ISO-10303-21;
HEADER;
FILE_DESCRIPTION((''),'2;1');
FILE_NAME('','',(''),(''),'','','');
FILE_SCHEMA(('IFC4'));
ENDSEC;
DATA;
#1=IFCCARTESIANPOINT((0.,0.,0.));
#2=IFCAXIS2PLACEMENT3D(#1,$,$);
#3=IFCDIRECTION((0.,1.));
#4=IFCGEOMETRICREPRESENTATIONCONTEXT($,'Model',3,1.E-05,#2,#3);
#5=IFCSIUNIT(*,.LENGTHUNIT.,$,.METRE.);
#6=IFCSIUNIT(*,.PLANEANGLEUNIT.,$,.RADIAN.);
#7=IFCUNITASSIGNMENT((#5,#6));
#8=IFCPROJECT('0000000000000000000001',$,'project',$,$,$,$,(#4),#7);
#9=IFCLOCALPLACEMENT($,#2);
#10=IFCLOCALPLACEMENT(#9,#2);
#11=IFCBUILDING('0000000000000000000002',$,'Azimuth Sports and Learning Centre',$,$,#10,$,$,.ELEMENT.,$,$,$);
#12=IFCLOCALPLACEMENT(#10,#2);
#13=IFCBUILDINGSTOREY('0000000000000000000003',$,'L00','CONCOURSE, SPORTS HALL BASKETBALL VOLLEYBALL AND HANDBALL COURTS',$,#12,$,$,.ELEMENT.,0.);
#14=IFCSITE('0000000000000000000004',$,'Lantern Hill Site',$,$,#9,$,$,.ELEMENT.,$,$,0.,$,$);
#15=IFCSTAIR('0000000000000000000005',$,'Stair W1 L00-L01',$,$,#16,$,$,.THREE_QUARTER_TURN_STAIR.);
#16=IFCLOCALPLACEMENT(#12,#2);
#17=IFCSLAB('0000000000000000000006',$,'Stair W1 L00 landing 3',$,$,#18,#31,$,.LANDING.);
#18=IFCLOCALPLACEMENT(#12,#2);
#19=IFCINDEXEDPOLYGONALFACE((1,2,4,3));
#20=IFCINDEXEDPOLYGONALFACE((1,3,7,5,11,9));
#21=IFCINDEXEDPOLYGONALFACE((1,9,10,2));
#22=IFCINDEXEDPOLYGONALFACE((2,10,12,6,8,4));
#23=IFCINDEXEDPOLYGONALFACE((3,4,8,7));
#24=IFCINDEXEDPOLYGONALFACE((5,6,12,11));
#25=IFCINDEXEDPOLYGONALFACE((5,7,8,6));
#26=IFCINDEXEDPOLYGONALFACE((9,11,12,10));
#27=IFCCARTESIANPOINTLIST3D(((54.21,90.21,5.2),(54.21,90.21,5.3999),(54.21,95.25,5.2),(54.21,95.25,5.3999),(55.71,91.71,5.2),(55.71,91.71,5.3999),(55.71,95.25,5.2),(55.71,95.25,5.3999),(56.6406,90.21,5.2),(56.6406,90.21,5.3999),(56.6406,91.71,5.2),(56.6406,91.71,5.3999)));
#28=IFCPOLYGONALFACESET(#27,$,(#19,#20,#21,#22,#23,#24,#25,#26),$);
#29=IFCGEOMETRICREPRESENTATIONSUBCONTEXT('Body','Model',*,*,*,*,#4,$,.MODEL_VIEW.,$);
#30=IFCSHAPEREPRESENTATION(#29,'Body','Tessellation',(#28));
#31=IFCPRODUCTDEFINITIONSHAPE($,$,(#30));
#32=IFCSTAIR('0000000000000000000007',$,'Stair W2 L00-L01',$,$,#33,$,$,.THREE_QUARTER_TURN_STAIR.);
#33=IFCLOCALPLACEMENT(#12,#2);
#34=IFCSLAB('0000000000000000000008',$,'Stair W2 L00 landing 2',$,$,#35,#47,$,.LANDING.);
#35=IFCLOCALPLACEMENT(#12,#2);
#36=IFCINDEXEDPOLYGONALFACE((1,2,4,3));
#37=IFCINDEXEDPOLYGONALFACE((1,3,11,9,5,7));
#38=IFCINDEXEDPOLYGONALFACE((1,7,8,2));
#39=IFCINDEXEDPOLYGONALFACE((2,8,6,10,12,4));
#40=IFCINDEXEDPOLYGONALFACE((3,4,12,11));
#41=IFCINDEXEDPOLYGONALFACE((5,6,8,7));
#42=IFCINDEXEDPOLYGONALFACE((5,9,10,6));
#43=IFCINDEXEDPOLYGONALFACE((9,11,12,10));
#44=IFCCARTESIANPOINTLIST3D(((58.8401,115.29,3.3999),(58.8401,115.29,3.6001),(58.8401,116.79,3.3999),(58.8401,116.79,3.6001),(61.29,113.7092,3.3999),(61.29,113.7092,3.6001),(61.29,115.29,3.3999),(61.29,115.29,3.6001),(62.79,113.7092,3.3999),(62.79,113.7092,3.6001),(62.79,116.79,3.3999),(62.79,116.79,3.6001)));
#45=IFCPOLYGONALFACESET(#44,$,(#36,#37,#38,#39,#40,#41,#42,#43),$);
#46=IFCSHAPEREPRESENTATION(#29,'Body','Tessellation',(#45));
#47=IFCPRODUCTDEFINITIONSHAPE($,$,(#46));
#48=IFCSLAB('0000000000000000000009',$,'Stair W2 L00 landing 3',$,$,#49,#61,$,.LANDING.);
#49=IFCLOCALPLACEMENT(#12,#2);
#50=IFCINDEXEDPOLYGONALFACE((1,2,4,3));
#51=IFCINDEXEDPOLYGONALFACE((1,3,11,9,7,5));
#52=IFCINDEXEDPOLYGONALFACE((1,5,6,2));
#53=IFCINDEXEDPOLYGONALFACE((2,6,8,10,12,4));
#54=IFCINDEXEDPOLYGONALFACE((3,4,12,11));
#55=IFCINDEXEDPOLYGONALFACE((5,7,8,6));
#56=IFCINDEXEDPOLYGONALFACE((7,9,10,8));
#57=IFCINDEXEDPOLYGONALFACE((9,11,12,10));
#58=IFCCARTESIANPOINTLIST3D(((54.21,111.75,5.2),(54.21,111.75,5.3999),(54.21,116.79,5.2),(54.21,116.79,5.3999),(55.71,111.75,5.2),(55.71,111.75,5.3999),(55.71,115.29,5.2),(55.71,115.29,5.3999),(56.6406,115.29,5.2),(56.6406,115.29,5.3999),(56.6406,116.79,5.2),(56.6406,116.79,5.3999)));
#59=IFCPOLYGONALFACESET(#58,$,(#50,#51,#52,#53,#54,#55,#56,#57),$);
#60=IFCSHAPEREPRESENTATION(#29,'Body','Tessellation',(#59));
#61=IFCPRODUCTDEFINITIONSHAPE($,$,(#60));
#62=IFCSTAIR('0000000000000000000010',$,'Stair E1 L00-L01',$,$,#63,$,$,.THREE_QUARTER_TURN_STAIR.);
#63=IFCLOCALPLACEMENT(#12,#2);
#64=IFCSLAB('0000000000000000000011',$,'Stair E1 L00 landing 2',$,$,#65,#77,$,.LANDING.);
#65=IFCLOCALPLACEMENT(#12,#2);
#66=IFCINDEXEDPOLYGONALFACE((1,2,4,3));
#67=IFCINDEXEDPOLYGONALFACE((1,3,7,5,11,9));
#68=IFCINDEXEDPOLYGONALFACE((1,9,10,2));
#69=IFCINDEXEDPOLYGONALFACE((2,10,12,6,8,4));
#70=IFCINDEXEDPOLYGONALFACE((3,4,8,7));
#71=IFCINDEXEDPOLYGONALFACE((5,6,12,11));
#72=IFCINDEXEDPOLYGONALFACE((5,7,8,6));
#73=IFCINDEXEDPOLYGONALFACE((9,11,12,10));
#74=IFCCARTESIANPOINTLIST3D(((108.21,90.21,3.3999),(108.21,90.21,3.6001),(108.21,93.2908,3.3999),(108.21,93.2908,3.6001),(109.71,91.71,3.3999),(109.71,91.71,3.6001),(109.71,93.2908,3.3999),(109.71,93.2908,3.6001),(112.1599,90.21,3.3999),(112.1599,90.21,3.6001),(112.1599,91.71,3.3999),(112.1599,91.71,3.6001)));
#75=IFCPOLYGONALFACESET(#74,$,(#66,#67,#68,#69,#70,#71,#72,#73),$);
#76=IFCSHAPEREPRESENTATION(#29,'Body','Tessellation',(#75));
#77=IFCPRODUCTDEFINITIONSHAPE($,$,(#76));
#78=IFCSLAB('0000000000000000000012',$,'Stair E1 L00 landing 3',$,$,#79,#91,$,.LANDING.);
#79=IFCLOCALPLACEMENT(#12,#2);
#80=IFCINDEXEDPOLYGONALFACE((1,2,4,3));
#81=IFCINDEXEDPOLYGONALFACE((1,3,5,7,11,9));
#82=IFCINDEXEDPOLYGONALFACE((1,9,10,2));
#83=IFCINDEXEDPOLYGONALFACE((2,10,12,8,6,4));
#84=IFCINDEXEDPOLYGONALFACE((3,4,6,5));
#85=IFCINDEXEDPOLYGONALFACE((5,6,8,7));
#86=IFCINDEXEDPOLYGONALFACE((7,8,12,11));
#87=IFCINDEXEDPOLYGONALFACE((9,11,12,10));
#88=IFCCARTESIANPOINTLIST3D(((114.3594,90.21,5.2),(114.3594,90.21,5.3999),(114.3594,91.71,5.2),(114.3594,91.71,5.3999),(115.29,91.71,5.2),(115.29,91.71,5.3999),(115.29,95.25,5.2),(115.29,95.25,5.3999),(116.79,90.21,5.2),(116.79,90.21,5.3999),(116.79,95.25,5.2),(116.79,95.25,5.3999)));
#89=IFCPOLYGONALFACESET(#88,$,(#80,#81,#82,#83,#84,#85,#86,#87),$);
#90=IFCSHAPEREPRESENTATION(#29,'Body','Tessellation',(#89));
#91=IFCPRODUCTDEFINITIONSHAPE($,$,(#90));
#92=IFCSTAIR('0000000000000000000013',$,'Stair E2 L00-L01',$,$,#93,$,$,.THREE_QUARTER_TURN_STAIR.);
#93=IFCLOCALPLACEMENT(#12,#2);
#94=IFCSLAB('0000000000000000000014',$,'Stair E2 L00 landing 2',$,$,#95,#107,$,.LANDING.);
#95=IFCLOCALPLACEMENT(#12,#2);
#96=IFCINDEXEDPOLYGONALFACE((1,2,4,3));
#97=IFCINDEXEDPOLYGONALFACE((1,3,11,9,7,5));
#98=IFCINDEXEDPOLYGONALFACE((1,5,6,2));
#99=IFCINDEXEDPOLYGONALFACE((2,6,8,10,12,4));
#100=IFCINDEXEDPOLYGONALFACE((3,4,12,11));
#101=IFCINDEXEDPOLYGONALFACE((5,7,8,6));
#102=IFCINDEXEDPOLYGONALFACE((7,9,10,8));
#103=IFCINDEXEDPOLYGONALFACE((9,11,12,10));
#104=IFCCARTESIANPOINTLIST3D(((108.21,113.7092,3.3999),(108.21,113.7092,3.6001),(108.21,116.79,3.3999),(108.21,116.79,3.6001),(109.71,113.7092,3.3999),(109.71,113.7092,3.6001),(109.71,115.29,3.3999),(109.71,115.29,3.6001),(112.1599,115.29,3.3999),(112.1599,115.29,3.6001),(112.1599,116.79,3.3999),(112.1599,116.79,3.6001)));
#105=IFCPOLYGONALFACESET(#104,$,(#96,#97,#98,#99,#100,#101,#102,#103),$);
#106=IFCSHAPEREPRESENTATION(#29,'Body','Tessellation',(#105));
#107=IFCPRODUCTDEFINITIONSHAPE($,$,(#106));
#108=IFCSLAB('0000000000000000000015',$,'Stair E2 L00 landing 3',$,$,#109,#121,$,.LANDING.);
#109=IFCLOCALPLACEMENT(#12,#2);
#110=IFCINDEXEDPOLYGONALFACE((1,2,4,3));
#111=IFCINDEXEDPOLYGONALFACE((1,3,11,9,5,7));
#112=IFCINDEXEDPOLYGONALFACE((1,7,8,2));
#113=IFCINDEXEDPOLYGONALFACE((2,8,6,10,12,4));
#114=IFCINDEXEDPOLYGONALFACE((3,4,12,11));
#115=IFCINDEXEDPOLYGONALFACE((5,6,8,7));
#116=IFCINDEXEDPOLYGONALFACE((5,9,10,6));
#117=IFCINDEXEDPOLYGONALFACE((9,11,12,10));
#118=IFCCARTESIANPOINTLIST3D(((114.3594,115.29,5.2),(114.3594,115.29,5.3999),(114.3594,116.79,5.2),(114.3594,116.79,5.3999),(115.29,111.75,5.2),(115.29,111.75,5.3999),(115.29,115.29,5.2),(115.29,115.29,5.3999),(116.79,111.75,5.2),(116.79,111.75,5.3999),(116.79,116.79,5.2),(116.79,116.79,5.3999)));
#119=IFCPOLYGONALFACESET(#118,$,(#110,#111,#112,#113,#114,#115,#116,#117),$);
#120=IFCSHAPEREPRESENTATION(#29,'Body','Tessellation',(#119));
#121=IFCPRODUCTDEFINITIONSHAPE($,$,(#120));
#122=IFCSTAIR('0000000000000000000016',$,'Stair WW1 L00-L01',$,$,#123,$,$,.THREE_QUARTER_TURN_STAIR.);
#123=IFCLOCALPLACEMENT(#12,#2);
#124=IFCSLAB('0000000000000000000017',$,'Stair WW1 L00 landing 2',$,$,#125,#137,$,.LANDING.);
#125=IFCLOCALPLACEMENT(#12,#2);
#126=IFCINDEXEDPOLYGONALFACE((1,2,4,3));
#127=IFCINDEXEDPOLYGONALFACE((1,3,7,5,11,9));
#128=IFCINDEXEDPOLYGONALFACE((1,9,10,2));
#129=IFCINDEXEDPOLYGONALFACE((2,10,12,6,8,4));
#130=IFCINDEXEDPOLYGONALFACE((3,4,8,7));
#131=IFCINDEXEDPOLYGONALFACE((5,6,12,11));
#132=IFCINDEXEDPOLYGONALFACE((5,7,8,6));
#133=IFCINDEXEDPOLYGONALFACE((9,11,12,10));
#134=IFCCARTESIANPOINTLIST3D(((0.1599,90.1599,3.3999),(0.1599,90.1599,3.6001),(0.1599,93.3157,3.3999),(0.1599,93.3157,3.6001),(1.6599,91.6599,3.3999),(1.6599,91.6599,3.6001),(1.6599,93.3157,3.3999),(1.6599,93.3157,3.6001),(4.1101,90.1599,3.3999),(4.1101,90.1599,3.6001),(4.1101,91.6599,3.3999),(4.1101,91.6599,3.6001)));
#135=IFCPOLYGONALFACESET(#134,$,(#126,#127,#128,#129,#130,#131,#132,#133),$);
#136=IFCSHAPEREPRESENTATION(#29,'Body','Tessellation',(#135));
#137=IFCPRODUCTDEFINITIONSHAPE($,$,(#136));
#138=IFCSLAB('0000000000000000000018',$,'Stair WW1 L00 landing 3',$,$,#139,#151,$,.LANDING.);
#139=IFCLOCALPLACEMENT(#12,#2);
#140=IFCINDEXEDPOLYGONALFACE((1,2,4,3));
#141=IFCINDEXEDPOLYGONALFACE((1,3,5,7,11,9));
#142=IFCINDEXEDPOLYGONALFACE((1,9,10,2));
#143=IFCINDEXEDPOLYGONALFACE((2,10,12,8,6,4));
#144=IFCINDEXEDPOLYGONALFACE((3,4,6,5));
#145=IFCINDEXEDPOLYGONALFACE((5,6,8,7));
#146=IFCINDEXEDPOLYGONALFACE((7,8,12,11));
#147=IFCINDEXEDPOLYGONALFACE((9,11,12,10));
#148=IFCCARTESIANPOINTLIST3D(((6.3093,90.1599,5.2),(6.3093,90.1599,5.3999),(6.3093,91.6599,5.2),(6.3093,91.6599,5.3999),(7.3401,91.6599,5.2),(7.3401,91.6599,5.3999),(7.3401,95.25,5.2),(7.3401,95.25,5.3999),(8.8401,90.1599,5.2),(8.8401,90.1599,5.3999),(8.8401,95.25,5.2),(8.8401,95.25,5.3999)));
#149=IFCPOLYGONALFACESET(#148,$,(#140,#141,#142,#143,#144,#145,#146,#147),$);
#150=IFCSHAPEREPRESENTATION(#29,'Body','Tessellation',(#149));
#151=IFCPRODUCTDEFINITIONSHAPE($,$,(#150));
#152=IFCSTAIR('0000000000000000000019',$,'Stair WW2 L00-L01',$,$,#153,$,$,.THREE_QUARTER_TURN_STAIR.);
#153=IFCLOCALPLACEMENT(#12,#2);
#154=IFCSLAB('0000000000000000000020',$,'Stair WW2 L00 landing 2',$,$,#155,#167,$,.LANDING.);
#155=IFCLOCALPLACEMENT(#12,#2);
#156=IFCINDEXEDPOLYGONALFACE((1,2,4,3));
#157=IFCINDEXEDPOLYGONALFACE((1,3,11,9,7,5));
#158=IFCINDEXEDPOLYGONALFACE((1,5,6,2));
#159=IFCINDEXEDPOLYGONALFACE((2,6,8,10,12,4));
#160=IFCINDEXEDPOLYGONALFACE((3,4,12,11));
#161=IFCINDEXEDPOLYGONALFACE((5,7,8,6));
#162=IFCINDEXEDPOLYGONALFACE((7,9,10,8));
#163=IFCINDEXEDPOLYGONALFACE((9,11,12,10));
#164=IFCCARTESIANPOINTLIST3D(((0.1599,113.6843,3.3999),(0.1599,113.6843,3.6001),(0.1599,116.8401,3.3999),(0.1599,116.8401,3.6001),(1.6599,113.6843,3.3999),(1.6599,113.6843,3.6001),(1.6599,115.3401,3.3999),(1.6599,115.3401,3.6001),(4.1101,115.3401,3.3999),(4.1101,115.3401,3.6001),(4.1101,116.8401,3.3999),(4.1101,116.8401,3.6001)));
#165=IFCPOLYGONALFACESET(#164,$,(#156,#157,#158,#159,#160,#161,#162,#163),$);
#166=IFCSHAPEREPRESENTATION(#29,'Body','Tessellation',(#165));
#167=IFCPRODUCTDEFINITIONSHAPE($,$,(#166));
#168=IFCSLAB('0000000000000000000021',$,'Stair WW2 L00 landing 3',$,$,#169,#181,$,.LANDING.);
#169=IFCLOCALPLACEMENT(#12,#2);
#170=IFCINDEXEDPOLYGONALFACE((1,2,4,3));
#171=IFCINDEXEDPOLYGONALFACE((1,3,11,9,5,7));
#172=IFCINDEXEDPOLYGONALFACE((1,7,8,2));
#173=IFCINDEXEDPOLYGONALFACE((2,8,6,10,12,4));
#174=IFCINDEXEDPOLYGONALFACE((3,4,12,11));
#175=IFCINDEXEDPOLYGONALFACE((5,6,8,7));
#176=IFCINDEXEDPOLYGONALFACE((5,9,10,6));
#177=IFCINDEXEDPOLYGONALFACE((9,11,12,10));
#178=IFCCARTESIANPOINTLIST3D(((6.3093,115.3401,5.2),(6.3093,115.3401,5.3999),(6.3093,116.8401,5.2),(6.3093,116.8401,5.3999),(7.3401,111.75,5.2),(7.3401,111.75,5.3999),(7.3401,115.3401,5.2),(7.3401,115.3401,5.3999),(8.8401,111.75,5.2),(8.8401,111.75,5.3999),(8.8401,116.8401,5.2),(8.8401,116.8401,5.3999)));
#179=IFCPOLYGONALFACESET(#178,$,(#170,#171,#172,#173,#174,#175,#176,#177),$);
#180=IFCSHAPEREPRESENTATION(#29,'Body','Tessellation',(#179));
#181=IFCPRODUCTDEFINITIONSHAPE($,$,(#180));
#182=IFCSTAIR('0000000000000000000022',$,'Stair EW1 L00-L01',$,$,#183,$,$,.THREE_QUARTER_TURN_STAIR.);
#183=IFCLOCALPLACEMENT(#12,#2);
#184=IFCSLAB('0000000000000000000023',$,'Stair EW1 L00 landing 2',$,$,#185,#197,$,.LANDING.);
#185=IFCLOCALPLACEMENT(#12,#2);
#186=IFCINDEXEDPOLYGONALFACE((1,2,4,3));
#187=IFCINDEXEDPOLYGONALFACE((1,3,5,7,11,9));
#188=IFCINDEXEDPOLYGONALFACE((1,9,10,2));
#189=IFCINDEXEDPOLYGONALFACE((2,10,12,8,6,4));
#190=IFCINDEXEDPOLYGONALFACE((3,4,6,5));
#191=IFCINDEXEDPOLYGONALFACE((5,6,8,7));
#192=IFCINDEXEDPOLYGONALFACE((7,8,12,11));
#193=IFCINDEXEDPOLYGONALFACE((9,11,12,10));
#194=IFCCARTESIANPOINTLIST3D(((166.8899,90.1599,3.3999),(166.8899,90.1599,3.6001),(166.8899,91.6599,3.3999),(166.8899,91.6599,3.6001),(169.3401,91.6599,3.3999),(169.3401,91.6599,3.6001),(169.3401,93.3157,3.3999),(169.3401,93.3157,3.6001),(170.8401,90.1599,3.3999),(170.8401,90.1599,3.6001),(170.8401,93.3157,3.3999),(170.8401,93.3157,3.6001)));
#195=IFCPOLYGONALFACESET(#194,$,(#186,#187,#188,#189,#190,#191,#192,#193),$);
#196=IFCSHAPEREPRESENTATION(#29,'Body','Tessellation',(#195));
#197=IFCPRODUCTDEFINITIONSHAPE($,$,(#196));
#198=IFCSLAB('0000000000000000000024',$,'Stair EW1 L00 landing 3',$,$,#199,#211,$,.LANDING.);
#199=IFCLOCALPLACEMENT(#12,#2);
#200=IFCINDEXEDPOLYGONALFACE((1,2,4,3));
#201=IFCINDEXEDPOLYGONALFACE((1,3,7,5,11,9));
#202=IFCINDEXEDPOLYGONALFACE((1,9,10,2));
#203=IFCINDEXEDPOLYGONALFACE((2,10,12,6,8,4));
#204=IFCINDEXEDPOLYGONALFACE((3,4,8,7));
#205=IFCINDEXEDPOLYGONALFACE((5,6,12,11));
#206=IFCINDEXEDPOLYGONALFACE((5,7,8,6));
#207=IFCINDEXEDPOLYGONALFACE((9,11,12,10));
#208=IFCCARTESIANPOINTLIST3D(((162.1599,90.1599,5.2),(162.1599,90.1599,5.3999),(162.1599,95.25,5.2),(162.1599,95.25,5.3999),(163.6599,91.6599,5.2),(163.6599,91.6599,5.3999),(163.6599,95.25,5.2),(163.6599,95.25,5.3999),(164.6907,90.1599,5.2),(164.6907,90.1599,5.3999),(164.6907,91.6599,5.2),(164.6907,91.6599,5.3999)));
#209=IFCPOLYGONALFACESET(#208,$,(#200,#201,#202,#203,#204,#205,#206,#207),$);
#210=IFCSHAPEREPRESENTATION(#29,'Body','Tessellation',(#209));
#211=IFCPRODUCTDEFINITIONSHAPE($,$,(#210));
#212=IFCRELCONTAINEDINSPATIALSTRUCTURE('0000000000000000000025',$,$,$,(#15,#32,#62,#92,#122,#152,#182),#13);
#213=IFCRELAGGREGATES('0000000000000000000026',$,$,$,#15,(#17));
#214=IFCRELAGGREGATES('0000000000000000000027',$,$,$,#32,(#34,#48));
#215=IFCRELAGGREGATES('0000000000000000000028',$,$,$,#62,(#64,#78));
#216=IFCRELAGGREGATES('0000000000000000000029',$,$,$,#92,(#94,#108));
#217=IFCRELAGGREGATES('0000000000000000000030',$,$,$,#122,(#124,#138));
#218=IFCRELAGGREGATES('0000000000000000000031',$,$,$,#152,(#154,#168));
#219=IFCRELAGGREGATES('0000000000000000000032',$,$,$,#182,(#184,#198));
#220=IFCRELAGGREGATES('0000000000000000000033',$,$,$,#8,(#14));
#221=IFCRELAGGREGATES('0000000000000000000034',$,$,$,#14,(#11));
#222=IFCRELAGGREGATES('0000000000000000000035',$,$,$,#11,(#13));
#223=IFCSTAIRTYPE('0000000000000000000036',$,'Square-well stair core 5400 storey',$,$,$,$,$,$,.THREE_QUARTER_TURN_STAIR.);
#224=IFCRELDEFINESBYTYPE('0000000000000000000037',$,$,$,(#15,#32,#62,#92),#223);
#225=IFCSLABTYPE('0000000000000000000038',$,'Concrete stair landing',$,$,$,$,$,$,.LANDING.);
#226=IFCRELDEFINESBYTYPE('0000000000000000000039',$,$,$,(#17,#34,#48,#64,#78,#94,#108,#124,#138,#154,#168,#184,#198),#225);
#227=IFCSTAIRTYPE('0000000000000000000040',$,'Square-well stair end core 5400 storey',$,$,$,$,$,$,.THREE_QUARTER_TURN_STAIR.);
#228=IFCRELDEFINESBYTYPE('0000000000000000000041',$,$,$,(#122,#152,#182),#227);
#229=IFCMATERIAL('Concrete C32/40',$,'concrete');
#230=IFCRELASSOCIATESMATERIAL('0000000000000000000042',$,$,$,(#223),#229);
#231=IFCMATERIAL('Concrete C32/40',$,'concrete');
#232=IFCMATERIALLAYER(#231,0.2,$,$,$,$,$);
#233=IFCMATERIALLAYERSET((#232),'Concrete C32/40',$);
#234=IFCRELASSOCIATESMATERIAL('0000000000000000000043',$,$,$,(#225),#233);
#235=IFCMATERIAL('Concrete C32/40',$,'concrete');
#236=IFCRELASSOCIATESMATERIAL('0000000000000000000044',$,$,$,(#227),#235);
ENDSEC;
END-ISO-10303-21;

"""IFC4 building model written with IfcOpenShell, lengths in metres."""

from ifc_helpers import new_model, si_unit, direction, frame, origin, place, context, subcontext, project, spatial, polyline, outline, extrude, material, layer, layer_set, type_object, element, aggregate, save


model = new_model("IFC4")

# Units and contexts
model_context = context("Model", 3, precision=1e-05, world=origin(), true_north=direction((0.0, 1.0)))
body_context = subcontext(model_context, "Body", "Model", "MODEL_VIEW")
ifc_project = project(units=[si_unit("LENGTHUNIT", "METRE"), si_unit("PLANEANGLEUNIT", "RADIAN")], contexts=[model_context])

# Site, building, storey
site_placement = place(None, origin())
site = spatial("IfcSite", under=ifc_project, at=site_placement, Name="Lantern Hill Site", CompositionType="ELEMENT", RefElevation=0.0)
building_placement = place(site_placement, origin())
building = spatial("IfcBuilding", under=site, at=building_placement, Name="Azimuth Sports and Learning Centre", CompositionType="ELEMENT")
storey_placement = place(building_placement, origin())
storey = spatial("IfcBuildingStorey", under=building, at=storey_placement, Name="L00", Description="CONCOURSE, SPORTS HALL BASKETBALL VOLLEYBALL AND HANDBALL COURTS", CompositionType="ELEMENT", Elevation=0.0)

# Stair, slab
ifc_material_1 = material(Name="Concrete C32/40", Category="concrete")
stair_type_1 = type_object("IfcStairType", Name="Square-well stair core 5400 storey", PredefinedType="THREE_QUARTER_TURN_STAIR", material=ifc_material_1)
stair_1_placement = place(storey_placement, origin())
stair_1 = element("IfcStair", 1, at=stair_1_placement, inside=storey, type_object=stair_type_1, Name="Stair W1 L00-L01", PredefinedType="THREE_QUARTER_TURN_STAIR")
ifc_material_2 = material(Name="Concrete C32/40", Category="concrete")
ifc_layer = layer(ifc_material_2, 0.2)
ifc_layer_set = layer_set([ifc_layer], Name="Concrete C32/40")
slab_type = type_object("IfcSlabType", Name="Concrete stair landing", PredefinedType="LANDING", material=ifc_layer_set)
slab_1_placement = place(storey_placement, frame((0.0, 0.0, 5.2)))
slab_1 = element("IfcSlab", 2, at=slab_1_placement, type_object=slab_type, Name="Stair W1 L00 landing 3", PredefinedType="LANDING", context=body_context, shape_type="SweptSolid", body=[
    extrude(outline(polyline([(55.71, 91.71), (55.71, 95.25), (54.21, 95.25), (54.21, 90.21), (56.6406, 90.21), (56.6406, 91.71), (55.71, 91.71)])), origin(), (0.0, 0.0, 1.0), 0.2),
])
aggregate(stair_1, [slab_1])

# Stairs, slabs
stair_2_placement = place(storey_placement, origin())
stair_2 = element("IfcStair", 3, at=stair_2_placement, inside=storey, type_object=stair_type_1, Name="Stair W2 L00-L01", PredefinedType="THREE_QUARTER_TURN_STAIR")
slab_2_placement = place(storey_placement, frame((0.0, 0.0, 3.3999)))
slab_2 = element("IfcSlab", 4, at=slab_2_placement, type_object=slab_type, Name="Stair W2 L00 landing 2", PredefinedType="LANDING", context=body_context, shape_type="SweptSolid", body=[
    extrude(outline(polyline([(61.29, 115.29), (61.29, 113.7092), (62.79, 113.7092), (62.79, 116.79), (58.8401, 116.79), (58.8401, 115.29), (61.29, 115.29)])), origin(), (0.0, 0.0, 1.0), 0.2002),
])
slab_3_placement = place(storey_placement, frame((0.0, 0.0, 5.2)))
slab_3 = element("IfcSlab", 5, at=slab_3_placement, type_object=slab_type, Name="Stair W2 L00 landing 3", PredefinedType="LANDING", context=body_context, shape_type="SweptSolid", body=[
    extrude(outline(polyline([(55.71, 115.29), (56.6406, 115.29), (56.6406, 116.79), (54.21, 116.79), (54.21, 111.75), (55.71, 111.75), (55.71, 115.29)])), origin(), (0.0, 0.0, 1.0), 0.2),
])
aggregate(stair_2, [slab_2, slab_3])
stair_3_placement = place(storey_placement, origin())
stair_3 = element("IfcStair", 6, at=stair_3_placement, inside=storey, type_object=stair_type_1, Name="Stair E1 L00-L01", PredefinedType="THREE_QUARTER_TURN_STAIR")
slab_4_placement = place(storey_placement, frame((0.0, 0.0, 3.3999)))
slab_4 = element("IfcSlab", 7, at=slab_4_placement, type_object=slab_type, Name="Stair E1 L00 landing 2", PredefinedType="LANDING", context=body_context, shape_type="SweptSolid", body=[
    extrude(outline(polyline([(109.71, 91.71), (109.71, 93.2908), (108.21, 93.2908), (108.21, 90.21), (112.1599, 90.21), (112.1599, 91.71), (109.71, 91.71)])), origin(), (0.0, 0.0, 1.0), 0.2002),
])
slab_5_placement = place(storey_placement, frame((0.0, 0.0, 5.2)))
slab_5 = element("IfcSlab", 8, at=slab_5_placement, type_object=slab_type, Name="Stair E1 L00 landing 3", PredefinedType="LANDING", context=body_context, shape_type="SweptSolid", body=[
    extrude(outline(polyline([(115.29, 91.71), (114.3594, 91.71), (114.3594, 90.21), (116.79, 90.21), (116.79, 95.25), (115.29, 95.25), (115.29, 91.71)])), origin(), (0.0, 0.0, 1.0), 0.2),
])
aggregate(stair_3, [slab_4, slab_5])
stair_4_placement = place(storey_placement, origin())
stair_4 = element("IfcStair", 9, at=stair_4_placement, inside=storey, type_object=stair_type_1, Name="Stair E2 L00-L01", PredefinedType="THREE_QUARTER_TURN_STAIR")
slab_6_placement = place(storey_placement, frame((0.0, 0.0, 3.3999)))
slab_6 = element("IfcSlab", 10, at=slab_6_placement, type_object=slab_type, Name="Stair E2 L00 landing 2", PredefinedType="LANDING", context=body_context, shape_type="SweptSolid", body=[
    extrude(outline(polyline([(109.71, 115.29), (112.1599, 115.29), (112.1599, 116.79), (108.21, 116.79), (108.21, 113.7092), (109.71, 113.7092), (109.71, 115.29)])), origin(), (0.0, 0.0, 1.0), 0.2002),
])
slab_7_placement = place(storey_placement, frame((0.0, 0.0, 5.2)))
slab_7 = element("IfcSlab", 11, at=slab_7_placement, type_object=slab_type, Name="Stair E2 L00 landing 3", PredefinedType="LANDING", context=body_context, shape_type="SweptSolid", body=[
    extrude(outline(polyline([(115.29, 115.29), (115.29, 111.75), (116.79, 111.75), (116.79, 116.79), (114.3594, 116.79), (114.3594, 115.29), (115.29, 115.29)])), origin(), (0.0, 0.0, 1.0), 0.2),
])
aggregate(stair_4, [slab_6, slab_7])
ifc_material_3 = material(Name="Concrete C32/40", Category="concrete")
stair_type_2 = type_object("IfcStairType", Name="Square-well stair end core 5400 storey", PredefinedType="THREE_QUARTER_TURN_STAIR", material=ifc_material_3)
stair_5_placement = place(storey_placement, origin())
stair_5 = element("IfcStair", 12, at=stair_5_placement, inside=storey, type_object=stair_type_2, Name="Stair WW1 L00-L01", PredefinedType="THREE_QUARTER_TURN_STAIR")
slab_8_placement = place(storey_placement, frame((0.0, 0.0, 3.3999)))
slab_8 = element("IfcSlab", 13, at=slab_8_placement, type_object=slab_type, Name="Stair WW1 L00 landing 2", PredefinedType="LANDING", context=body_context, shape_type="SweptSolid", body=[
    extrude(outline(polyline([(1.6599, 91.6599), (1.6599, 93.3157), (0.1599, 93.3157), (0.1599, 90.1599), (4.1101, 90.1599), (4.1101, 91.6599), (1.6599, 91.6599)])), origin(), (0.0, 0.0, 1.0), 0.2002),
])
slab_9_placement = place(storey_placement, frame((0.0, 0.0, 5.2)))
slab_9 = element("IfcSlab", 14, at=slab_9_placement, type_object=slab_type, Name="Stair WW1 L00 landing 3", PredefinedType="LANDING", context=body_context, shape_type="SweptSolid", body=[
    extrude(outline(polyline([(7.3401, 91.6599), (6.3093, 91.6599), (6.3093, 90.1599), (8.8401, 90.1599), (8.8401, 95.25), (7.3401, 95.25), (7.3401, 91.6599)])), origin(), (0.0, 0.0, 1.0), 0.2),
])
aggregate(stair_5, [slab_8, slab_9])
stair_6_placement = place(storey_placement, origin())
stair_6 = element("IfcStair", 15, at=stair_6_placement, inside=storey, type_object=stair_type_2, Name="Stair WW2 L00-L01", PredefinedType="THREE_QUARTER_TURN_STAIR")
slab_10_placement = place(storey_placement, frame((0.0, 0.0, 3.3999)))
slab_10 = element("IfcSlab", 16, at=slab_10_placement, type_object=slab_type, Name="Stair WW2 L00 landing 2", PredefinedType="LANDING", context=body_context, shape_type="SweptSolid", body=[
    extrude(outline(polyline([(1.6599, 115.3401), (4.1101, 115.3401), (4.1101, 116.8401), (0.1599, 116.8401), (0.1599, 113.6843), (1.6599, 113.6843), (1.6599, 115.3401)])), origin(), (0.0, 0.0, 1.0), 0.2002),
])
slab_11_placement = place(storey_placement, frame((0.0, 0.0, 5.2)))
slab_11 = element("IfcSlab", 17, at=slab_11_placement, type_object=slab_type, Name="Stair WW2 L00 landing 3", PredefinedType="LANDING", context=body_context, shape_type="SweptSolid", body=[
    extrude(outline(polyline([(7.3401, 115.3401), (7.3401, 111.75), (8.8401, 111.75), (8.8401, 116.8401), (6.3093, 116.8401), (6.3093, 115.3401), (7.3401, 115.3401)])), origin(), (0.0, 0.0, 1.0), 0.2),
])
aggregate(stair_6, [slab_10, slab_11])
stair_7_placement = place(storey_placement, origin())
stair_7 = element("IfcStair", 18, at=stair_7_placement, inside=storey, type_object=stair_type_2, Name="Stair EW1 L00-L01", PredefinedType="THREE_QUARTER_TURN_STAIR")
slab_12_placement = place(storey_placement, frame((0.0, 0.0, 3.3999)))
slab_12 = element("IfcSlab", 19, at=slab_12_placement, type_object=slab_type, Name="Stair EW1 L00 landing 2", PredefinedType="LANDING", context=body_context, shape_type="SweptSolid", body=[
    extrude(outline(polyline([(169.3401, 91.6599), (166.8899, 91.6599), (166.8899, 90.1599), (170.8401, 90.1599), (170.8401, 93.3157), (169.3401, 93.3157), (169.3401, 91.6599)])), origin(), (0.0, 0.0, 1.0), 0.2002),
])
slab_13_placement = place(storey_placement, frame((0.0, 0.0, 5.2)))
slab_13 = element("IfcSlab", 20, at=slab_13_placement, type_object=slab_type, Name="Stair EW1 L00 landing 3", PredefinedType="LANDING", context=body_context, shape_type="SweptSolid", body=[
    extrude(outline(polyline([(163.6599, 91.6599), (163.6599, 95.25), (162.1599, 95.25), (162.1599, 90.1599), (164.6907, 90.1599), (164.6907, 91.6599), (163.6599, 91.6599)])), origin(), (0.0, 0.0, 1.0), 0.2),
])
aggregate(stair_7, [slab_12, slab_13])

save(model, "model.ifc")
